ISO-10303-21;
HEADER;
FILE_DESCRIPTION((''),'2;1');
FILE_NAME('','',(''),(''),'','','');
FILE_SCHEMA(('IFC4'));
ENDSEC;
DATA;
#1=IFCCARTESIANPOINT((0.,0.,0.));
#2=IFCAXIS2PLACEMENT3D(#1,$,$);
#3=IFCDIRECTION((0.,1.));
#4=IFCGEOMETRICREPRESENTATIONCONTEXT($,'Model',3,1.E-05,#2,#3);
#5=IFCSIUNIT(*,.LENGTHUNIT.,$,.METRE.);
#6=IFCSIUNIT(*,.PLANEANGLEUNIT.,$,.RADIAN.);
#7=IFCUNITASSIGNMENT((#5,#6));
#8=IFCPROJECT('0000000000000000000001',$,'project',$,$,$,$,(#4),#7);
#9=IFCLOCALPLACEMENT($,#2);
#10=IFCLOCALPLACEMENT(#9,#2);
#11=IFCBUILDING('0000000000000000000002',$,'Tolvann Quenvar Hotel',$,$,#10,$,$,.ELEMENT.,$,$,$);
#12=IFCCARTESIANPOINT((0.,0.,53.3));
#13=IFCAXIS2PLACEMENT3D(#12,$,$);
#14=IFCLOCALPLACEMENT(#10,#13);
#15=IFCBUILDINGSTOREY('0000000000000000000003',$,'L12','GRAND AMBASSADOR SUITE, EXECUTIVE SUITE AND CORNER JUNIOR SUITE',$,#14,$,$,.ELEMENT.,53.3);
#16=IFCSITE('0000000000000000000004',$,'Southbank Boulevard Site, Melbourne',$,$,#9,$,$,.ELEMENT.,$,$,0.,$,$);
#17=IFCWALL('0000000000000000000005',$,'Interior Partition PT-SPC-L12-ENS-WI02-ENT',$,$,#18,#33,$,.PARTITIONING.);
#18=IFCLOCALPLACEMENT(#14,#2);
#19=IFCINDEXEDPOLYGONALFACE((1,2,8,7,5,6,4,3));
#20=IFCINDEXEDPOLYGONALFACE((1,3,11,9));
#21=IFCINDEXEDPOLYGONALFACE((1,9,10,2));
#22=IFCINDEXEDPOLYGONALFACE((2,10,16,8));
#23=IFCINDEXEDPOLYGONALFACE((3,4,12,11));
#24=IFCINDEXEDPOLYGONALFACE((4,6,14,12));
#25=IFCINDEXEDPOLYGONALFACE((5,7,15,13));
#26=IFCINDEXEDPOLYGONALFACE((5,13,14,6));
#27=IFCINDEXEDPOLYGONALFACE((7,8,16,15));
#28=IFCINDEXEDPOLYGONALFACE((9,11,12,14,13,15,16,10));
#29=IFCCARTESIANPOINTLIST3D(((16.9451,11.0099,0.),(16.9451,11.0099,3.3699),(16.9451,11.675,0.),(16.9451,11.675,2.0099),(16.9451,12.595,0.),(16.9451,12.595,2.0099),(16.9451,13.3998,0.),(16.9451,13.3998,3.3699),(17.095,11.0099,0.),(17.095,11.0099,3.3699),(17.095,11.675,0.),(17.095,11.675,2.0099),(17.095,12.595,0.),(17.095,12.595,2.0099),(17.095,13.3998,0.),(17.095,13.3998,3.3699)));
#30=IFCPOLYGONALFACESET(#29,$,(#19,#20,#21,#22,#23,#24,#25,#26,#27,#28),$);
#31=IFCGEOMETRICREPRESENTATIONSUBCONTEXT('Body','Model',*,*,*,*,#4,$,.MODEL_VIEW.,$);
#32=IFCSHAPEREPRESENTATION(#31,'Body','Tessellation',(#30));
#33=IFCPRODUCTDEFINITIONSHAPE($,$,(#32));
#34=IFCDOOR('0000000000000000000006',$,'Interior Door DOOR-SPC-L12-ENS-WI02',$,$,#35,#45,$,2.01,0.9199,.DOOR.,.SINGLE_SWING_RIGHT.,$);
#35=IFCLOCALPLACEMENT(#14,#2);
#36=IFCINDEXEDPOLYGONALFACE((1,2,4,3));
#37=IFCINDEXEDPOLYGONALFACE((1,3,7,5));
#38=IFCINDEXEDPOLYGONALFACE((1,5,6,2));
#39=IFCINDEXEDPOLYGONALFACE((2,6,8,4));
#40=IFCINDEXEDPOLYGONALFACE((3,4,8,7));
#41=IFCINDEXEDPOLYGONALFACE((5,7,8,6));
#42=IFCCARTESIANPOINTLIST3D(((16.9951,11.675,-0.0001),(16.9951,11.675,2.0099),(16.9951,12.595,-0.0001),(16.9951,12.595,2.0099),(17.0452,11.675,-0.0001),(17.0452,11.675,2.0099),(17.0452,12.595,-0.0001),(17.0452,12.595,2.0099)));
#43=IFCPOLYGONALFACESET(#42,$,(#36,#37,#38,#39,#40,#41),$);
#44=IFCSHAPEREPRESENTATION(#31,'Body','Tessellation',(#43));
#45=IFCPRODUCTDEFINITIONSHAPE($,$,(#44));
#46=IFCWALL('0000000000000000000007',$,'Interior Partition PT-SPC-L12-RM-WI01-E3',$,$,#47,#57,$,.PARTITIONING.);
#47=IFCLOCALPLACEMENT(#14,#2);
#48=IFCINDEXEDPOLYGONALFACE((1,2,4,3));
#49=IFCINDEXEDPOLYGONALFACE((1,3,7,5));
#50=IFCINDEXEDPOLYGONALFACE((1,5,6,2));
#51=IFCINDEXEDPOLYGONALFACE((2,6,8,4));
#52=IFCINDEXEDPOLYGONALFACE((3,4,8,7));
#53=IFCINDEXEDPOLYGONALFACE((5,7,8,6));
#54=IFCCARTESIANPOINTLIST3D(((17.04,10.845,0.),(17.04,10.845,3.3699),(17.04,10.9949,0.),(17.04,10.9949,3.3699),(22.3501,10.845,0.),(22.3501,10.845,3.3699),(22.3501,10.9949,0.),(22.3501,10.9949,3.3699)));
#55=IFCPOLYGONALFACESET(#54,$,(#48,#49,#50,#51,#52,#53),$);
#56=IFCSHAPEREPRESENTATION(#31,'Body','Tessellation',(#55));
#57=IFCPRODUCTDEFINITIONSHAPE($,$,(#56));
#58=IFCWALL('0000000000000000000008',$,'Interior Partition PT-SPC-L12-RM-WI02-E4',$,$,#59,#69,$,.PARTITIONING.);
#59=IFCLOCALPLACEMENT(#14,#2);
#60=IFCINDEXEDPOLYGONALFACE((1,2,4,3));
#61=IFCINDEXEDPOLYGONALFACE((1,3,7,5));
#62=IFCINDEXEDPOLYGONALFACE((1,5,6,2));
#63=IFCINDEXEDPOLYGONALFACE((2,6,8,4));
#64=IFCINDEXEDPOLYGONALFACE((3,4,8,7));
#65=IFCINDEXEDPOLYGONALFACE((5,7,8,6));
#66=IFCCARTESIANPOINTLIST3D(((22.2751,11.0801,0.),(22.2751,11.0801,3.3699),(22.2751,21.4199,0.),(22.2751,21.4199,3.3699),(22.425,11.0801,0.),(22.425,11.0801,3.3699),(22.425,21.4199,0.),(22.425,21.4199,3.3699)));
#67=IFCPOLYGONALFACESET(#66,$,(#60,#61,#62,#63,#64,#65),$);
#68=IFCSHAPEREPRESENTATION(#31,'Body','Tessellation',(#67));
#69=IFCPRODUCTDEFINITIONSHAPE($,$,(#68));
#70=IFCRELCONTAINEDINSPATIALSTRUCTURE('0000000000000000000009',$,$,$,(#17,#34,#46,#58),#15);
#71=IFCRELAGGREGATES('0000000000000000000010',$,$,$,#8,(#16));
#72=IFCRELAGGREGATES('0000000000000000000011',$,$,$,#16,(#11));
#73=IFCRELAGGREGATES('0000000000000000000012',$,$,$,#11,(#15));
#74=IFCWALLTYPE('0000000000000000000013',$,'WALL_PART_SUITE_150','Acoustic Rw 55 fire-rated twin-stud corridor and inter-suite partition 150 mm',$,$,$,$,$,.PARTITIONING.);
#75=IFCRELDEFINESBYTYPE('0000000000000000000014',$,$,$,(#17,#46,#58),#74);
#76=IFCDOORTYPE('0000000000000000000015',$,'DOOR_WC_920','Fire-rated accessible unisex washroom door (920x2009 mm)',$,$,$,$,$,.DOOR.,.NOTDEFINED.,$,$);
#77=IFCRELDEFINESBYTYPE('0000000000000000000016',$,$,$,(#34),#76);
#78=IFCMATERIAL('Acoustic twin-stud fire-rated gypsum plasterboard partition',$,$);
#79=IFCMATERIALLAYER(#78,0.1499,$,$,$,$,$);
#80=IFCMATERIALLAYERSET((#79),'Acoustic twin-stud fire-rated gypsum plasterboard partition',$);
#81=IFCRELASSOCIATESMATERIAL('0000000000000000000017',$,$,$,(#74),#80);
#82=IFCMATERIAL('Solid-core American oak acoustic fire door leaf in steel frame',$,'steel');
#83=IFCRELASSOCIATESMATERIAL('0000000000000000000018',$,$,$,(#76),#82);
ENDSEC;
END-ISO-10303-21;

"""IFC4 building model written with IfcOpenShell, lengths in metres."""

from ifc_helpers import new_model, si_unit, direction, frame, frame_2d, origin, place, context, subcontext, project, spatial, rectangle, extrude, source, transform, mapped, material, layer, layer_set, type_object, type_shapes, element, fill, save


model = new_model("IFC4")

# Units and contexts
model_context = context("Model", 3, precision=1e-05, world=origin(), true_north=direction((0.0, 1.0)))
body_context = subcontext(model_context, "Body", "Model", "MODEL_VIEW")
ifc_project = project(units=[si_unit("LENGTHUNIT", "METRE"), si_unit("PLANEANGLEUNIT", "RADIAN")], contexts=[model_context])

# Site, building, storey
site_placement = place(None, origin())
site = spatial("IfcSite", under=ifc_project, at=site_placement, Name="Southbank Boulevard Site, Melbourne", CompositionType="ELEMENT", RefElevation=0.0)
building_placement = place(site_placement, origin())
building = spatial("IfcBuilding", under=site, at=building_placement, Name="Tolvann Quenvar Hotel", CompositionType="ELEMENT")
storey_placement = place(building_placement, frame((0.0, 0.0, 53.3)))
storey = spatial("IfcBuildingStorey", under=building, at=storey_placement, Name="L12", Description="GRAND AMBASSADOR SUITE, EXECUTIVE SUITE AND CORNER JUNIOR SUITE", CompositionType="ELEMENT", Elevation=53.3)

# Wall, opening, door
ifc_material_1 = material(Name="Acoustic twin-stud fire-rated gypsum plasterboard partition")
ifc_layer_1 = layer(ifc_material_1, 0.1499)
ifc_layer_set_1 = layer_set([ifc_layer_1], Name="Acoustic twin-stud fire-rated gypsum plasterboard partition")
wall_type = type_object("IfcWallType", Name="WALL_PART_SUITE_150", Description="Acoustic Rw 55 fire-rated twin-stud corridor and inter-suite partition 150 mm", PredefinedType="PARTITIONING", material=ifc_layer_set_1)
ifc_material_2 = material(Name="Solid-core American oak acoustic fire door leaf in steel frame", Category="steel")
door_type = type_object("IfcDoorType", Name="DOOR_WC_920", Description="Fire-rated accessible unisex washroom door (920x2009 mm)", OperationType="NOTDEFINED", PredefinedType="DOOR", material=ifc_material_2)
shared_shape_1 = source(origin(), body_context, "Body", "SweptSolid", [
    extrude(rectangle(XDim=0.9199, YDim=2.01, at=frame_2d((0.46, 1.0049))), frame((0.0, 0.0249, 0.0), z_axis=(0.0, -1.0, 0.0), x_axis=(1.0, 0.0, 0.0)), (0.0, 0.0, 1.0), 0.05),
])
type_shapes(door_type, [shared_shape_1])
wall_1_placement = place(storey_placement, frame((17.02, 11.01, 0.0), z_axis=(0.0, 0.0, 1.0), x_axis=(0.0, 1.0, 0.0)))
wall_1 = element("IfcWall", 1, at=wall_1_placement, inside=storey, type_object=wall_type, Name="Interior Partition PT-SPC-L12-ENS-WI02-ENT", PredefinedType="PARTITIONING", context=body_context, shape_type="SweptSolid", body=[
    extrude(rectangle(XDim=2.3899, YDim=0.1499, at=frame_2d((1.1948, 0.0))), origin(), (0.0, 0.0, 1.0), 3.3699),
])
opening_1_placement = place(wall_1_placement, frame((0.665, 0.0, 0.0)))
opening_1 = element("IfcOpeningElement", 2, at=opening_1_placement, cuts=wall_1, PredefinedType="OPENING", context=body_context, shape_type="SweptSolid", body=[
    extrude(rectangle(XDim=0.9199, YDim=2.01, at=frame_2d((0.46, 1.0049))), frame((0.0, 0.085, 0.0), z_axis=(0.0, -1.0, 0.0), x_axis=(1.0, 0.0, 0.0)), (0.0, 0.0, 1.0), 0.1699),
])
door_1_placement = place(opening_1_placement, origin())
door_1 = element("IfcDoor", 3, at=door_1_placement, inside=storey, type_object=door_type, Name="Interior Door DOOR-SPC-L12-ENS-WI02", OperationType="SINGLE_SWING_RIGHT", OverallHeight=2.01, OverallWidth=0.9199, PredefinedType="DOOR", context=body_context, shape_type="MappedRepresentation", body=[
    mapped(shared_shape_1, transform((0.0, 0.0, 0.0), x_axis=(1.0, 0.0, 0.0), y_axis=(0.0, 1.0, 0.0), z_axis=(0.0, 0.0, 1.0), scale=1.0)),
])
fill(opening_1, door_1)

# Walls
wall_2_placement = place(storey_placement, frame((17.04, 10.9199, 0.0), z_axis=(0.0, 0.0, 1.0), x_axis=(1.0, 0.0, 0.0)))
element("IfcWall", 4, at=wall_2_placement, inside=storey, type_object=wall_type, Name="Interior Partition PT-SPC-L12-RM-WI01-E3", PredefinedType="PARTITIONING", context=body_context, shape_type="SweptSolid", body=[
    extrude(rectangle(XDim=5.3101, YDim=0.1499, at=frame_2d((2.655, 0.0))), origin(), (0.0, 0.0, 1.0), 3.3699),
])
wall_3_placement = place(storey_placement, frame((22.3501, 11.0801, 0.0), z_axis=(0.0, 0.0, 1.0), x_axis=(0.0, 1.0, 0.0)))
element("IfcWall", 5, at=wall_3_placement, inside=storey, type_object=wall_type, Name="Interior Partition PT-SPC-L12-RM-WI02-E4", PredefinedType="PARTITIONING", context=body_context, shape_type="SweptSolid", body=[
    extrude(rectangle(XDim=10.3398, YDim=0.1499, at=frame_2d((5.1699, 0.0))), origin(), (0.0, 0.0, 1.0), 3.3699),
])

save(model, "model.ifc")
